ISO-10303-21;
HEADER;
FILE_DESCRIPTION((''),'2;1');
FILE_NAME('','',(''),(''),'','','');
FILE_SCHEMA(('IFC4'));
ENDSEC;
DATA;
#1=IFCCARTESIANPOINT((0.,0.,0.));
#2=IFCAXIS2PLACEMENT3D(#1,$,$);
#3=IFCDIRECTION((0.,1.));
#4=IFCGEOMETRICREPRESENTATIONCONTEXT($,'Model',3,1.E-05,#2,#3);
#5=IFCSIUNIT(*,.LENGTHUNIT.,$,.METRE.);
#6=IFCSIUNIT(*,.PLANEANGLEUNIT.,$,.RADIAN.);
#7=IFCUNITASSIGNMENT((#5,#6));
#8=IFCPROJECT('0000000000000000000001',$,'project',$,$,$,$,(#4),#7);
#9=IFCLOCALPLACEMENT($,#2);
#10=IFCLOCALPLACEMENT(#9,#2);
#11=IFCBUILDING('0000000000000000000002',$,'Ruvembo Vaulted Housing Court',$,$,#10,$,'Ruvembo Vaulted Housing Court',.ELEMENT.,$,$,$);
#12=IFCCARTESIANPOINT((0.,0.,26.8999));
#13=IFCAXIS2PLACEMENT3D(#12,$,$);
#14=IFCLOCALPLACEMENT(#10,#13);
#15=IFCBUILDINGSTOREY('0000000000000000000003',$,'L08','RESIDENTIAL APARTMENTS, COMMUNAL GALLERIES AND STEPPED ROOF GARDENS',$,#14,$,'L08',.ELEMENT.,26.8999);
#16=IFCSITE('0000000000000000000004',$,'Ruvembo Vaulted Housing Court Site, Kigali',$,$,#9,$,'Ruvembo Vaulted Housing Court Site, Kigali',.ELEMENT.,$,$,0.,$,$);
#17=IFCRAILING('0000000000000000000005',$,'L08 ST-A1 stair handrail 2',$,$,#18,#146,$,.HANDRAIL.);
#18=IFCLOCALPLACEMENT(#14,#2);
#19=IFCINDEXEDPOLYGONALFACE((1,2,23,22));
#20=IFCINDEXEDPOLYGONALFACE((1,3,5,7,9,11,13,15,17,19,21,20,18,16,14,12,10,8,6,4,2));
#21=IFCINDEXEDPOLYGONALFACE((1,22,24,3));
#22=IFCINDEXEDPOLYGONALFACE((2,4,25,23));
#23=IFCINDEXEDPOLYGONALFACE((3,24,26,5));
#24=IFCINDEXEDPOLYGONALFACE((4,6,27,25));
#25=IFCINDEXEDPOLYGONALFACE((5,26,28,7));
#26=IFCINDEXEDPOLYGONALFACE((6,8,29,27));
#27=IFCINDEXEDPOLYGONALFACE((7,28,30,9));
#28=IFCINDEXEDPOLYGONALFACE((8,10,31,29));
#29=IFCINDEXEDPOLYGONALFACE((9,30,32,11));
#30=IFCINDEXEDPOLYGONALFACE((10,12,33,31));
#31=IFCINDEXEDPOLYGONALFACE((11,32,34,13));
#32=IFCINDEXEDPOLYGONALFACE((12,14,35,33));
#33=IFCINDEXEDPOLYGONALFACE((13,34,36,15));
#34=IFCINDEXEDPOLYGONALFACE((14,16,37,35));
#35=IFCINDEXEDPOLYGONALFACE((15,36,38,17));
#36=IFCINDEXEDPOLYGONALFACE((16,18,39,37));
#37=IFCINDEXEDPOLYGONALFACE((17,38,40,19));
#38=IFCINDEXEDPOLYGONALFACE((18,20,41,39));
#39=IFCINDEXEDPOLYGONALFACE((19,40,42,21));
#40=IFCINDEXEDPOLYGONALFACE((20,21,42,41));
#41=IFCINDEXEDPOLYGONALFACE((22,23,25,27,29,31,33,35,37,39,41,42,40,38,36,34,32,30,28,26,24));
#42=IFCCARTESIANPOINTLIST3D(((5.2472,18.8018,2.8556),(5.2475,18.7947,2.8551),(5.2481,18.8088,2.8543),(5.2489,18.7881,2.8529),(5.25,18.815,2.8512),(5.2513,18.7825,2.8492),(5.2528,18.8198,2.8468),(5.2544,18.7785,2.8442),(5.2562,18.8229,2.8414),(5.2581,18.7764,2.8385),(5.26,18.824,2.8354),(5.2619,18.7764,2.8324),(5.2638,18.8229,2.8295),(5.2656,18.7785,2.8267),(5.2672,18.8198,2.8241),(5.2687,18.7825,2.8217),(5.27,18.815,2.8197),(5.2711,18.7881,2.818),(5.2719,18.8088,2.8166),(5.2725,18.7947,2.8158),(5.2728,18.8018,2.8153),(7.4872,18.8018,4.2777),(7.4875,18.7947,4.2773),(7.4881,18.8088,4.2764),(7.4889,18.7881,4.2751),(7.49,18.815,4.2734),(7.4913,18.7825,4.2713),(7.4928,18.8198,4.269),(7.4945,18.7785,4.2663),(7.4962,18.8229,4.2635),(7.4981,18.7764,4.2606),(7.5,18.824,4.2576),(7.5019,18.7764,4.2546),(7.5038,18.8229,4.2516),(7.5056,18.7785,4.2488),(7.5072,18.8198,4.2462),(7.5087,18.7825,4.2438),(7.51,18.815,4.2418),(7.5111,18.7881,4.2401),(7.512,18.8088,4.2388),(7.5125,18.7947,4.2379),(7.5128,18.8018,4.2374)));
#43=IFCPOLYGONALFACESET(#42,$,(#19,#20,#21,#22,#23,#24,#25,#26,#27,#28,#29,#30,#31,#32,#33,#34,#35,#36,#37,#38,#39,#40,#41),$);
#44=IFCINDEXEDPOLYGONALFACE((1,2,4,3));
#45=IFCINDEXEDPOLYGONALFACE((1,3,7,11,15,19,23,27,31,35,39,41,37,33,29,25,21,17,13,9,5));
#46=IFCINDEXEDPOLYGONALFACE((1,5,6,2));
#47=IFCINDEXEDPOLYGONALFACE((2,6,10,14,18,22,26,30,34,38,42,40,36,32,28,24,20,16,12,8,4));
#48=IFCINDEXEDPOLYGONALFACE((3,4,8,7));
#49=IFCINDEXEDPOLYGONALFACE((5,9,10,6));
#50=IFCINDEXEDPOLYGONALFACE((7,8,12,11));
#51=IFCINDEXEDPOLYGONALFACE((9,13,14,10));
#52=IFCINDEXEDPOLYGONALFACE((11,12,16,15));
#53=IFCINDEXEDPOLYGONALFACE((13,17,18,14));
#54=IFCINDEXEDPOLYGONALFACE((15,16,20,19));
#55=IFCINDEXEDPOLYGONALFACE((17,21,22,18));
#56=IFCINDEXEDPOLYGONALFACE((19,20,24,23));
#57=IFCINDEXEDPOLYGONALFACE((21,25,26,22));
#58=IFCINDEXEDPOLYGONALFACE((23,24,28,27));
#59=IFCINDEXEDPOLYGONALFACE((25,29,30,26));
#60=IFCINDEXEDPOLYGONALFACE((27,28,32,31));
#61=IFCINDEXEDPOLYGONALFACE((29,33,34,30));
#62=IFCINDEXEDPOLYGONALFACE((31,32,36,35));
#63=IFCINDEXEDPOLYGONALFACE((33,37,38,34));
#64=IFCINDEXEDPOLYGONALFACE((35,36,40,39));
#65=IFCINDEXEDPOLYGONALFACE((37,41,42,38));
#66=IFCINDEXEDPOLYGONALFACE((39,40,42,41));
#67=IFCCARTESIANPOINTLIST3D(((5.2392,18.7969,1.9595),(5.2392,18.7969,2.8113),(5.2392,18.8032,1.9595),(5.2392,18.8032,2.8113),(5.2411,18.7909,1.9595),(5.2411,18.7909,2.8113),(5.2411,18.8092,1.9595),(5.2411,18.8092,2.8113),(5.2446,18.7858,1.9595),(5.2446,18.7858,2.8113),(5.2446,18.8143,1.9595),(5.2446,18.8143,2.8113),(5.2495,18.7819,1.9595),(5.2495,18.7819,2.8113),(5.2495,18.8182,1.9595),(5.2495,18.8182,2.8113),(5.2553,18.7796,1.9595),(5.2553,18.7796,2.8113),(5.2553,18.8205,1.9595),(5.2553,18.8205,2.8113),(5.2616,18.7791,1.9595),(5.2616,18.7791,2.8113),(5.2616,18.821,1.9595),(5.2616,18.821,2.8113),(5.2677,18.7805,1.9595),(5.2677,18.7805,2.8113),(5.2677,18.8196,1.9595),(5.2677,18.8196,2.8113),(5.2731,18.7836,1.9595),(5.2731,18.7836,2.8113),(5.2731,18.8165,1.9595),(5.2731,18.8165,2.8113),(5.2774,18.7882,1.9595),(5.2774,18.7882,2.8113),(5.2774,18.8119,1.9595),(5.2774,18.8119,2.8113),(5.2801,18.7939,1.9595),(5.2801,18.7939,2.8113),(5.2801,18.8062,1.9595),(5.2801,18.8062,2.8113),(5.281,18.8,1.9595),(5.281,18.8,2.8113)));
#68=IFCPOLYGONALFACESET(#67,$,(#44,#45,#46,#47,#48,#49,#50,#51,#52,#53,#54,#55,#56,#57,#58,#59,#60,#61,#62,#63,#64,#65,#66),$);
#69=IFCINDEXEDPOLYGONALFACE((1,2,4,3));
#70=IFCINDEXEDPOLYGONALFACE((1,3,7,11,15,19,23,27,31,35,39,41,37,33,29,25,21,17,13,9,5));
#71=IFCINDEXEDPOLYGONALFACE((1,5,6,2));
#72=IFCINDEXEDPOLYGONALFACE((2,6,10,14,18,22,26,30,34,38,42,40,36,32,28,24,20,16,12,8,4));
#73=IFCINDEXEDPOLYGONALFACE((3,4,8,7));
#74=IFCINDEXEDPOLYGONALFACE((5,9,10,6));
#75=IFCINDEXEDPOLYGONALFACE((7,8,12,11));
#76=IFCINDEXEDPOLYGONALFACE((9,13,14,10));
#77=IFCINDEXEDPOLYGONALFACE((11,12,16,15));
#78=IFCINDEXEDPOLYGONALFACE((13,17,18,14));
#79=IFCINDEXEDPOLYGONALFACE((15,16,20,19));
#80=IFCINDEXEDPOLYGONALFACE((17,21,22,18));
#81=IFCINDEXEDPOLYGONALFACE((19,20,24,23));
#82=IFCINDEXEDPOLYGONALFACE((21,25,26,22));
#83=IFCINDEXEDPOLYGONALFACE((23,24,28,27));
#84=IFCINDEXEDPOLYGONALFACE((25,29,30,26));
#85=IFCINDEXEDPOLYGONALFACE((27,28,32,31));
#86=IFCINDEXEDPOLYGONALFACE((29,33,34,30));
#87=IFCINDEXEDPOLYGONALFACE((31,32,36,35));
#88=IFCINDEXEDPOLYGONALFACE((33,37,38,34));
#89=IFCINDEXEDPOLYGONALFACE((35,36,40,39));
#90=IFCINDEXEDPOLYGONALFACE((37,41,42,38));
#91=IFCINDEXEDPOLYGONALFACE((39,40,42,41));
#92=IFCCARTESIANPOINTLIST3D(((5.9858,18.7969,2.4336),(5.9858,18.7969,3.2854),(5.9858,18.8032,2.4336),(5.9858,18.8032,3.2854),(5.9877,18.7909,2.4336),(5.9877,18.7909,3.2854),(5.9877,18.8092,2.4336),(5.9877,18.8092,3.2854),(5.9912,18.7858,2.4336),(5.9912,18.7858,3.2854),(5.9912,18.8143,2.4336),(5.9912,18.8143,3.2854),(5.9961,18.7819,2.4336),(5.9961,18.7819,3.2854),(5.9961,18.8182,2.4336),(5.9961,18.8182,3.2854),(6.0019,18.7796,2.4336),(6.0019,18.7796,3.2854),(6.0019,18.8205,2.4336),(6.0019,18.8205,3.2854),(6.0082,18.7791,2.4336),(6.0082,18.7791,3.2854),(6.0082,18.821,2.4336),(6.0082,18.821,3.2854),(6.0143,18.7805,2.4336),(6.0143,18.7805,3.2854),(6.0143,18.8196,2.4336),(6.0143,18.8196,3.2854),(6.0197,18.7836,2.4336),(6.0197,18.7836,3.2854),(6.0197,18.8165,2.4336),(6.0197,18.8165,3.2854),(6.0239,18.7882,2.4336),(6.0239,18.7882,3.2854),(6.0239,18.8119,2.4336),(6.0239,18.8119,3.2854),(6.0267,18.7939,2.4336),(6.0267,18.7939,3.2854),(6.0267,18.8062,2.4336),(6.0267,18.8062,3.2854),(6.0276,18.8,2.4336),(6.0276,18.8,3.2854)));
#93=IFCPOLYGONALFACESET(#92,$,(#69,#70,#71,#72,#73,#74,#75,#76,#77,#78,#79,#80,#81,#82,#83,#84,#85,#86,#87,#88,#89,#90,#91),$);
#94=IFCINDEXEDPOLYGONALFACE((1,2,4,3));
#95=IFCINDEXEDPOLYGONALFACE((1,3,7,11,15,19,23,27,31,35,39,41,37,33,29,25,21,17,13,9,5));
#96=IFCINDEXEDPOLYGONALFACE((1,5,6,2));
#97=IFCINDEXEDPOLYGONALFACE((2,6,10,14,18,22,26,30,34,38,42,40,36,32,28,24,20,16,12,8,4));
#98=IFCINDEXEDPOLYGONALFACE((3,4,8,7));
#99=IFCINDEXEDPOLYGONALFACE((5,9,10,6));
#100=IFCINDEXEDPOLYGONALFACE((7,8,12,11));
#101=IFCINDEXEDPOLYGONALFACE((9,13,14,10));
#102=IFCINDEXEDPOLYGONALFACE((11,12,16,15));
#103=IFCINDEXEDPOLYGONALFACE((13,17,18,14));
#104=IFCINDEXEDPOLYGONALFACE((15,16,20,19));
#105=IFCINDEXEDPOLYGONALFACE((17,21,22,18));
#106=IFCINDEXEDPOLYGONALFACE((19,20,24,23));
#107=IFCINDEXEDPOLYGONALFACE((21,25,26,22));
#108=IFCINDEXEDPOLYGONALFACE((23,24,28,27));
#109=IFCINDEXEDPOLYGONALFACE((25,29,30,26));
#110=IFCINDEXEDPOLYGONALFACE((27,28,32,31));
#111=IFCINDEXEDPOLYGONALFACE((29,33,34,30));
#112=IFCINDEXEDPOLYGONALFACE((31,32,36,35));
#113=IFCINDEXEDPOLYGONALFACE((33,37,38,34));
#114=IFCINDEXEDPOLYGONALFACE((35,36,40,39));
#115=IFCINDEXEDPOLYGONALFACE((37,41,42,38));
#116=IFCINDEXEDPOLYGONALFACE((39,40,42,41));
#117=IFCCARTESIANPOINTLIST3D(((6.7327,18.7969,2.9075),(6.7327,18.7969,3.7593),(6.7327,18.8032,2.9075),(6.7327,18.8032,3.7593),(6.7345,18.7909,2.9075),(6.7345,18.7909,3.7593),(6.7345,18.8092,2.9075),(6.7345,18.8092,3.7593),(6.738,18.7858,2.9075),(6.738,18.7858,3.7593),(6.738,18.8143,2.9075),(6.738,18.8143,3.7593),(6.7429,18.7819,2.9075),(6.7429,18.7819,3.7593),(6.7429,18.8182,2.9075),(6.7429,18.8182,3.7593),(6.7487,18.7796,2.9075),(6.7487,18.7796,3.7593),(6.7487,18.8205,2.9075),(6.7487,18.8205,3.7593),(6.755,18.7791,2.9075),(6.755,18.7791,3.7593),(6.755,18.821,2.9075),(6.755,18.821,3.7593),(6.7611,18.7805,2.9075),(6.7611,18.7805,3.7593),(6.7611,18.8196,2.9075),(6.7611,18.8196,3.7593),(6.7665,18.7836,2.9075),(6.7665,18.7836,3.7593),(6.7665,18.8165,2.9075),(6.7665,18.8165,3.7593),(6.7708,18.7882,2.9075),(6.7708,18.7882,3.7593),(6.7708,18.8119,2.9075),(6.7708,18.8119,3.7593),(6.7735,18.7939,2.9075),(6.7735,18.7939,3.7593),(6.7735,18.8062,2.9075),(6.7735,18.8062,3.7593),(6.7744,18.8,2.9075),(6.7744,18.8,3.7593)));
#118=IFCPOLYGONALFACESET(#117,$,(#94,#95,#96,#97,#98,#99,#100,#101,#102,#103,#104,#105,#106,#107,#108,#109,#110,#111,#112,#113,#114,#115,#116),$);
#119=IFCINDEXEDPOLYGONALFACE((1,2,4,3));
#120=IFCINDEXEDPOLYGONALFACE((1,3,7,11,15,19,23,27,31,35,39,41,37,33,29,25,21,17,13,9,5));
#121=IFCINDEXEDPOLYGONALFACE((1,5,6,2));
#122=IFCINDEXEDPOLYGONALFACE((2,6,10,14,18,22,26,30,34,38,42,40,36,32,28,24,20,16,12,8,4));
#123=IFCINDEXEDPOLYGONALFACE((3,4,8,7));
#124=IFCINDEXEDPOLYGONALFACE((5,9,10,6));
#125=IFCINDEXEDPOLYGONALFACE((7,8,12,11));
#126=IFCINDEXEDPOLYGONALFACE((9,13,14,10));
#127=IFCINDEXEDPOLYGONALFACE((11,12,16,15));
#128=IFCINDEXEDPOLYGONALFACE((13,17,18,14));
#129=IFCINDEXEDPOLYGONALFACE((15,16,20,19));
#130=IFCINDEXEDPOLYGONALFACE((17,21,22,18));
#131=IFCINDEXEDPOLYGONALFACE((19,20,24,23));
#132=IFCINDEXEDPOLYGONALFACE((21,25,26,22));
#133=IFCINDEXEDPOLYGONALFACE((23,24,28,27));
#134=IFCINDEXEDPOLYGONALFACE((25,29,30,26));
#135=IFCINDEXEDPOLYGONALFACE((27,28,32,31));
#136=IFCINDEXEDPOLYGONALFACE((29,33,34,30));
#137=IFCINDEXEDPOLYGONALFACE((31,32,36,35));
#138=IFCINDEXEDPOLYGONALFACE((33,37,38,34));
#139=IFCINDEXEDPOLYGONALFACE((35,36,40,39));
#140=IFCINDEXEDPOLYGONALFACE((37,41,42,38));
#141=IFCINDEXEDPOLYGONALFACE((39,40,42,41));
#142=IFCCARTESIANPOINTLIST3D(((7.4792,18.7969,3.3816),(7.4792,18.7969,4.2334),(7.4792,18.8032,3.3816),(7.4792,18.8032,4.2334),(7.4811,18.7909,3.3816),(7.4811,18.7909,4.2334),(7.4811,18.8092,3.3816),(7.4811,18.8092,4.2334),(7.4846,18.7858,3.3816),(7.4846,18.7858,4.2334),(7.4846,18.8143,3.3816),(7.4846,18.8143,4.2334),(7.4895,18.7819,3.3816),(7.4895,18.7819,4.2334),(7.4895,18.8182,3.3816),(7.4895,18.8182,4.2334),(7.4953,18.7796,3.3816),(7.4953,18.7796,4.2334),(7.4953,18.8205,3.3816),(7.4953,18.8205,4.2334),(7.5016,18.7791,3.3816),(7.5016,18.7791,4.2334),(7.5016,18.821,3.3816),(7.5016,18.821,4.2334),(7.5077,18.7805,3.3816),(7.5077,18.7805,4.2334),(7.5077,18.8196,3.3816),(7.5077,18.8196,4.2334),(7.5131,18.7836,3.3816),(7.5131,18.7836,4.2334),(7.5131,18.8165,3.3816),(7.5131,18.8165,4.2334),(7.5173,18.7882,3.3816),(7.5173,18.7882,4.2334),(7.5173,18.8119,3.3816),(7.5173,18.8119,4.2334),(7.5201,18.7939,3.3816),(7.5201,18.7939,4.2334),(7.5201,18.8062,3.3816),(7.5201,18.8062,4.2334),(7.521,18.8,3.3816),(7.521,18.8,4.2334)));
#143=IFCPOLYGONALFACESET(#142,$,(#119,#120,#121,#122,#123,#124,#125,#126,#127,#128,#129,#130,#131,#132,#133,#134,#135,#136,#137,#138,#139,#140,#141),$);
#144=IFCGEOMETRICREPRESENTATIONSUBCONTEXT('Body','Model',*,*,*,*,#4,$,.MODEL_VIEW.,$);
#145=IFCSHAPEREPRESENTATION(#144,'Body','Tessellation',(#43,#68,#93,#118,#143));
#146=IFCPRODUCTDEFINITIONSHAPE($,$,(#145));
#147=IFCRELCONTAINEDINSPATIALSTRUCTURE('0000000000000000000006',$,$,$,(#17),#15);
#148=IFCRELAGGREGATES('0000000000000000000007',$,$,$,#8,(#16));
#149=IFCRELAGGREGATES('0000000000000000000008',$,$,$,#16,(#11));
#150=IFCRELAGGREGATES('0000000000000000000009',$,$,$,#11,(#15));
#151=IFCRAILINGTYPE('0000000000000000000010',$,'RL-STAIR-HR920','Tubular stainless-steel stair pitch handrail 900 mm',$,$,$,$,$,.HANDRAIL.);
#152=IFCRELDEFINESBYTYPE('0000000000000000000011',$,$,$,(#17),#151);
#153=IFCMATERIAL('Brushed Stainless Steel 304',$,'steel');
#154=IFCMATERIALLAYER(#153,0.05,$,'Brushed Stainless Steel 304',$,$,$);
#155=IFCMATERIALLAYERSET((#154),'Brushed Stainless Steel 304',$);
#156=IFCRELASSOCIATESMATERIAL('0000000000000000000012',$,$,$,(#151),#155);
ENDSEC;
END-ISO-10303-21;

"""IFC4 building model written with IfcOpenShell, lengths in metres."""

from ifc_helpers import new_model, si_unit, direction, frame, origin, origin_2d, place, context, subcontext, project, spatial, circle, extrude, material, layer, layer_set, type_object, element, save


model = new_model("IFC4")

# Units and contexts
model_context = context("Model", 3, precision=1e-05, world=origin(), true_north=direction((0.0, 1.0)))
body_context = subcontext(model_context, "Body", "Model", "MODEL_VIEW")
ifc_project = project(units=[si_unit("LENGTHUNIT", "METRE"), si_unit("PLANEANGLEUNIT", "RADIAN")], contexts=[model_context])

# Site, building, storey
site_placement = place(None, origin())
site = spatial("IfcSite", under=ifc_project, at=site_placement, Name="Ruvembo Vaulted Housing Court Site, Kigali", LongName="Ruvembo Vaulted Housing Court Site, Kigali", CompositionType="ELEMENT", RefElevation=0.0)
building_placement = place(site_placement, origin())
building = spatial("IfcBuilding", under=site, at=building_placement, Name="Ruvembo Vaulted Housing Court", LongName="Ruvembo Vaulted Housing Court", CompositionType="ELEMENT")
storey_placement = place(building_placement, frame((0.0, 0.0, 26.8999)))
storey = spatial("IfcBuildingStorey", under=building, at=storey_placement, Name="L08", Description="RESIDENTIAL APARTMENTS, COMMUNAL GALLERIES AND STEPPED ROOF GARDENS", LongName="L08", CompositionType="ELEMENT", Elevation=26.8999)

# Railing
ifc_material_1 = material(Name="Brushed Stainless Steel 304", Category="steel")
ifc_layer_1 = layer(ifc_material_1, 0.05, Name="Brushed Stainless Steel 304")
ifc_layer_set_1 = layer_set([ifc_layer_1], Name="Brushed Stainless Steel 304")
railing_type = type_object("IfcRailingType", Name="RL-STAIR-HR920", Description="Tubular stainless-steel stair pitch handrail 900 mm", PredefinedType="HANDRAIL", material=ifc_layer_set_1)
railing_placement = place(storey_placement, frame((5.26, 18.8, 1.9595)))
element("IfcRailing", 1, at=railing_placement, inside=storey, type_object=railing_type, Name="L08 ST-A1 stair handrail 2", PredefinedType="HANDRAIL", context=body_context, shape_type="SweptSolid", body=[
    extrude(circle(Radius=0.0239, at=origin_2d()), frame((0.0, 0.0, 0.876), z_axis=(0.844229, 0.0, 0.535982), x_axis=(0.0, 1.0, 0.0)), (0.0, 0.0, 1.0), 2.6533),
    extrude(circle(Radius=0.021, at=origin_2d()), origin(), (0.0, 0.0, 1.0), 0.8518),
    extrude(circle(Radius=0.021, at=origin_2d()), frame((0.7466, 0.0, 0.4741)), (0.0, 0.0, 1.0), 0.8518),
    extrude(circle(Radius=0.021, at=origin_2d()), frame((1.4934, 0.0, 0.948)), (0.0, 0.0, 1.0), 0.8518),
    extrude(circle(Radius=0.021, at=origin_2d()), frame((2.24, 0.0, 1.4221)), (0.0, 0.0, 1.0), 0.8518),
])

save(model, "model.ifc")
